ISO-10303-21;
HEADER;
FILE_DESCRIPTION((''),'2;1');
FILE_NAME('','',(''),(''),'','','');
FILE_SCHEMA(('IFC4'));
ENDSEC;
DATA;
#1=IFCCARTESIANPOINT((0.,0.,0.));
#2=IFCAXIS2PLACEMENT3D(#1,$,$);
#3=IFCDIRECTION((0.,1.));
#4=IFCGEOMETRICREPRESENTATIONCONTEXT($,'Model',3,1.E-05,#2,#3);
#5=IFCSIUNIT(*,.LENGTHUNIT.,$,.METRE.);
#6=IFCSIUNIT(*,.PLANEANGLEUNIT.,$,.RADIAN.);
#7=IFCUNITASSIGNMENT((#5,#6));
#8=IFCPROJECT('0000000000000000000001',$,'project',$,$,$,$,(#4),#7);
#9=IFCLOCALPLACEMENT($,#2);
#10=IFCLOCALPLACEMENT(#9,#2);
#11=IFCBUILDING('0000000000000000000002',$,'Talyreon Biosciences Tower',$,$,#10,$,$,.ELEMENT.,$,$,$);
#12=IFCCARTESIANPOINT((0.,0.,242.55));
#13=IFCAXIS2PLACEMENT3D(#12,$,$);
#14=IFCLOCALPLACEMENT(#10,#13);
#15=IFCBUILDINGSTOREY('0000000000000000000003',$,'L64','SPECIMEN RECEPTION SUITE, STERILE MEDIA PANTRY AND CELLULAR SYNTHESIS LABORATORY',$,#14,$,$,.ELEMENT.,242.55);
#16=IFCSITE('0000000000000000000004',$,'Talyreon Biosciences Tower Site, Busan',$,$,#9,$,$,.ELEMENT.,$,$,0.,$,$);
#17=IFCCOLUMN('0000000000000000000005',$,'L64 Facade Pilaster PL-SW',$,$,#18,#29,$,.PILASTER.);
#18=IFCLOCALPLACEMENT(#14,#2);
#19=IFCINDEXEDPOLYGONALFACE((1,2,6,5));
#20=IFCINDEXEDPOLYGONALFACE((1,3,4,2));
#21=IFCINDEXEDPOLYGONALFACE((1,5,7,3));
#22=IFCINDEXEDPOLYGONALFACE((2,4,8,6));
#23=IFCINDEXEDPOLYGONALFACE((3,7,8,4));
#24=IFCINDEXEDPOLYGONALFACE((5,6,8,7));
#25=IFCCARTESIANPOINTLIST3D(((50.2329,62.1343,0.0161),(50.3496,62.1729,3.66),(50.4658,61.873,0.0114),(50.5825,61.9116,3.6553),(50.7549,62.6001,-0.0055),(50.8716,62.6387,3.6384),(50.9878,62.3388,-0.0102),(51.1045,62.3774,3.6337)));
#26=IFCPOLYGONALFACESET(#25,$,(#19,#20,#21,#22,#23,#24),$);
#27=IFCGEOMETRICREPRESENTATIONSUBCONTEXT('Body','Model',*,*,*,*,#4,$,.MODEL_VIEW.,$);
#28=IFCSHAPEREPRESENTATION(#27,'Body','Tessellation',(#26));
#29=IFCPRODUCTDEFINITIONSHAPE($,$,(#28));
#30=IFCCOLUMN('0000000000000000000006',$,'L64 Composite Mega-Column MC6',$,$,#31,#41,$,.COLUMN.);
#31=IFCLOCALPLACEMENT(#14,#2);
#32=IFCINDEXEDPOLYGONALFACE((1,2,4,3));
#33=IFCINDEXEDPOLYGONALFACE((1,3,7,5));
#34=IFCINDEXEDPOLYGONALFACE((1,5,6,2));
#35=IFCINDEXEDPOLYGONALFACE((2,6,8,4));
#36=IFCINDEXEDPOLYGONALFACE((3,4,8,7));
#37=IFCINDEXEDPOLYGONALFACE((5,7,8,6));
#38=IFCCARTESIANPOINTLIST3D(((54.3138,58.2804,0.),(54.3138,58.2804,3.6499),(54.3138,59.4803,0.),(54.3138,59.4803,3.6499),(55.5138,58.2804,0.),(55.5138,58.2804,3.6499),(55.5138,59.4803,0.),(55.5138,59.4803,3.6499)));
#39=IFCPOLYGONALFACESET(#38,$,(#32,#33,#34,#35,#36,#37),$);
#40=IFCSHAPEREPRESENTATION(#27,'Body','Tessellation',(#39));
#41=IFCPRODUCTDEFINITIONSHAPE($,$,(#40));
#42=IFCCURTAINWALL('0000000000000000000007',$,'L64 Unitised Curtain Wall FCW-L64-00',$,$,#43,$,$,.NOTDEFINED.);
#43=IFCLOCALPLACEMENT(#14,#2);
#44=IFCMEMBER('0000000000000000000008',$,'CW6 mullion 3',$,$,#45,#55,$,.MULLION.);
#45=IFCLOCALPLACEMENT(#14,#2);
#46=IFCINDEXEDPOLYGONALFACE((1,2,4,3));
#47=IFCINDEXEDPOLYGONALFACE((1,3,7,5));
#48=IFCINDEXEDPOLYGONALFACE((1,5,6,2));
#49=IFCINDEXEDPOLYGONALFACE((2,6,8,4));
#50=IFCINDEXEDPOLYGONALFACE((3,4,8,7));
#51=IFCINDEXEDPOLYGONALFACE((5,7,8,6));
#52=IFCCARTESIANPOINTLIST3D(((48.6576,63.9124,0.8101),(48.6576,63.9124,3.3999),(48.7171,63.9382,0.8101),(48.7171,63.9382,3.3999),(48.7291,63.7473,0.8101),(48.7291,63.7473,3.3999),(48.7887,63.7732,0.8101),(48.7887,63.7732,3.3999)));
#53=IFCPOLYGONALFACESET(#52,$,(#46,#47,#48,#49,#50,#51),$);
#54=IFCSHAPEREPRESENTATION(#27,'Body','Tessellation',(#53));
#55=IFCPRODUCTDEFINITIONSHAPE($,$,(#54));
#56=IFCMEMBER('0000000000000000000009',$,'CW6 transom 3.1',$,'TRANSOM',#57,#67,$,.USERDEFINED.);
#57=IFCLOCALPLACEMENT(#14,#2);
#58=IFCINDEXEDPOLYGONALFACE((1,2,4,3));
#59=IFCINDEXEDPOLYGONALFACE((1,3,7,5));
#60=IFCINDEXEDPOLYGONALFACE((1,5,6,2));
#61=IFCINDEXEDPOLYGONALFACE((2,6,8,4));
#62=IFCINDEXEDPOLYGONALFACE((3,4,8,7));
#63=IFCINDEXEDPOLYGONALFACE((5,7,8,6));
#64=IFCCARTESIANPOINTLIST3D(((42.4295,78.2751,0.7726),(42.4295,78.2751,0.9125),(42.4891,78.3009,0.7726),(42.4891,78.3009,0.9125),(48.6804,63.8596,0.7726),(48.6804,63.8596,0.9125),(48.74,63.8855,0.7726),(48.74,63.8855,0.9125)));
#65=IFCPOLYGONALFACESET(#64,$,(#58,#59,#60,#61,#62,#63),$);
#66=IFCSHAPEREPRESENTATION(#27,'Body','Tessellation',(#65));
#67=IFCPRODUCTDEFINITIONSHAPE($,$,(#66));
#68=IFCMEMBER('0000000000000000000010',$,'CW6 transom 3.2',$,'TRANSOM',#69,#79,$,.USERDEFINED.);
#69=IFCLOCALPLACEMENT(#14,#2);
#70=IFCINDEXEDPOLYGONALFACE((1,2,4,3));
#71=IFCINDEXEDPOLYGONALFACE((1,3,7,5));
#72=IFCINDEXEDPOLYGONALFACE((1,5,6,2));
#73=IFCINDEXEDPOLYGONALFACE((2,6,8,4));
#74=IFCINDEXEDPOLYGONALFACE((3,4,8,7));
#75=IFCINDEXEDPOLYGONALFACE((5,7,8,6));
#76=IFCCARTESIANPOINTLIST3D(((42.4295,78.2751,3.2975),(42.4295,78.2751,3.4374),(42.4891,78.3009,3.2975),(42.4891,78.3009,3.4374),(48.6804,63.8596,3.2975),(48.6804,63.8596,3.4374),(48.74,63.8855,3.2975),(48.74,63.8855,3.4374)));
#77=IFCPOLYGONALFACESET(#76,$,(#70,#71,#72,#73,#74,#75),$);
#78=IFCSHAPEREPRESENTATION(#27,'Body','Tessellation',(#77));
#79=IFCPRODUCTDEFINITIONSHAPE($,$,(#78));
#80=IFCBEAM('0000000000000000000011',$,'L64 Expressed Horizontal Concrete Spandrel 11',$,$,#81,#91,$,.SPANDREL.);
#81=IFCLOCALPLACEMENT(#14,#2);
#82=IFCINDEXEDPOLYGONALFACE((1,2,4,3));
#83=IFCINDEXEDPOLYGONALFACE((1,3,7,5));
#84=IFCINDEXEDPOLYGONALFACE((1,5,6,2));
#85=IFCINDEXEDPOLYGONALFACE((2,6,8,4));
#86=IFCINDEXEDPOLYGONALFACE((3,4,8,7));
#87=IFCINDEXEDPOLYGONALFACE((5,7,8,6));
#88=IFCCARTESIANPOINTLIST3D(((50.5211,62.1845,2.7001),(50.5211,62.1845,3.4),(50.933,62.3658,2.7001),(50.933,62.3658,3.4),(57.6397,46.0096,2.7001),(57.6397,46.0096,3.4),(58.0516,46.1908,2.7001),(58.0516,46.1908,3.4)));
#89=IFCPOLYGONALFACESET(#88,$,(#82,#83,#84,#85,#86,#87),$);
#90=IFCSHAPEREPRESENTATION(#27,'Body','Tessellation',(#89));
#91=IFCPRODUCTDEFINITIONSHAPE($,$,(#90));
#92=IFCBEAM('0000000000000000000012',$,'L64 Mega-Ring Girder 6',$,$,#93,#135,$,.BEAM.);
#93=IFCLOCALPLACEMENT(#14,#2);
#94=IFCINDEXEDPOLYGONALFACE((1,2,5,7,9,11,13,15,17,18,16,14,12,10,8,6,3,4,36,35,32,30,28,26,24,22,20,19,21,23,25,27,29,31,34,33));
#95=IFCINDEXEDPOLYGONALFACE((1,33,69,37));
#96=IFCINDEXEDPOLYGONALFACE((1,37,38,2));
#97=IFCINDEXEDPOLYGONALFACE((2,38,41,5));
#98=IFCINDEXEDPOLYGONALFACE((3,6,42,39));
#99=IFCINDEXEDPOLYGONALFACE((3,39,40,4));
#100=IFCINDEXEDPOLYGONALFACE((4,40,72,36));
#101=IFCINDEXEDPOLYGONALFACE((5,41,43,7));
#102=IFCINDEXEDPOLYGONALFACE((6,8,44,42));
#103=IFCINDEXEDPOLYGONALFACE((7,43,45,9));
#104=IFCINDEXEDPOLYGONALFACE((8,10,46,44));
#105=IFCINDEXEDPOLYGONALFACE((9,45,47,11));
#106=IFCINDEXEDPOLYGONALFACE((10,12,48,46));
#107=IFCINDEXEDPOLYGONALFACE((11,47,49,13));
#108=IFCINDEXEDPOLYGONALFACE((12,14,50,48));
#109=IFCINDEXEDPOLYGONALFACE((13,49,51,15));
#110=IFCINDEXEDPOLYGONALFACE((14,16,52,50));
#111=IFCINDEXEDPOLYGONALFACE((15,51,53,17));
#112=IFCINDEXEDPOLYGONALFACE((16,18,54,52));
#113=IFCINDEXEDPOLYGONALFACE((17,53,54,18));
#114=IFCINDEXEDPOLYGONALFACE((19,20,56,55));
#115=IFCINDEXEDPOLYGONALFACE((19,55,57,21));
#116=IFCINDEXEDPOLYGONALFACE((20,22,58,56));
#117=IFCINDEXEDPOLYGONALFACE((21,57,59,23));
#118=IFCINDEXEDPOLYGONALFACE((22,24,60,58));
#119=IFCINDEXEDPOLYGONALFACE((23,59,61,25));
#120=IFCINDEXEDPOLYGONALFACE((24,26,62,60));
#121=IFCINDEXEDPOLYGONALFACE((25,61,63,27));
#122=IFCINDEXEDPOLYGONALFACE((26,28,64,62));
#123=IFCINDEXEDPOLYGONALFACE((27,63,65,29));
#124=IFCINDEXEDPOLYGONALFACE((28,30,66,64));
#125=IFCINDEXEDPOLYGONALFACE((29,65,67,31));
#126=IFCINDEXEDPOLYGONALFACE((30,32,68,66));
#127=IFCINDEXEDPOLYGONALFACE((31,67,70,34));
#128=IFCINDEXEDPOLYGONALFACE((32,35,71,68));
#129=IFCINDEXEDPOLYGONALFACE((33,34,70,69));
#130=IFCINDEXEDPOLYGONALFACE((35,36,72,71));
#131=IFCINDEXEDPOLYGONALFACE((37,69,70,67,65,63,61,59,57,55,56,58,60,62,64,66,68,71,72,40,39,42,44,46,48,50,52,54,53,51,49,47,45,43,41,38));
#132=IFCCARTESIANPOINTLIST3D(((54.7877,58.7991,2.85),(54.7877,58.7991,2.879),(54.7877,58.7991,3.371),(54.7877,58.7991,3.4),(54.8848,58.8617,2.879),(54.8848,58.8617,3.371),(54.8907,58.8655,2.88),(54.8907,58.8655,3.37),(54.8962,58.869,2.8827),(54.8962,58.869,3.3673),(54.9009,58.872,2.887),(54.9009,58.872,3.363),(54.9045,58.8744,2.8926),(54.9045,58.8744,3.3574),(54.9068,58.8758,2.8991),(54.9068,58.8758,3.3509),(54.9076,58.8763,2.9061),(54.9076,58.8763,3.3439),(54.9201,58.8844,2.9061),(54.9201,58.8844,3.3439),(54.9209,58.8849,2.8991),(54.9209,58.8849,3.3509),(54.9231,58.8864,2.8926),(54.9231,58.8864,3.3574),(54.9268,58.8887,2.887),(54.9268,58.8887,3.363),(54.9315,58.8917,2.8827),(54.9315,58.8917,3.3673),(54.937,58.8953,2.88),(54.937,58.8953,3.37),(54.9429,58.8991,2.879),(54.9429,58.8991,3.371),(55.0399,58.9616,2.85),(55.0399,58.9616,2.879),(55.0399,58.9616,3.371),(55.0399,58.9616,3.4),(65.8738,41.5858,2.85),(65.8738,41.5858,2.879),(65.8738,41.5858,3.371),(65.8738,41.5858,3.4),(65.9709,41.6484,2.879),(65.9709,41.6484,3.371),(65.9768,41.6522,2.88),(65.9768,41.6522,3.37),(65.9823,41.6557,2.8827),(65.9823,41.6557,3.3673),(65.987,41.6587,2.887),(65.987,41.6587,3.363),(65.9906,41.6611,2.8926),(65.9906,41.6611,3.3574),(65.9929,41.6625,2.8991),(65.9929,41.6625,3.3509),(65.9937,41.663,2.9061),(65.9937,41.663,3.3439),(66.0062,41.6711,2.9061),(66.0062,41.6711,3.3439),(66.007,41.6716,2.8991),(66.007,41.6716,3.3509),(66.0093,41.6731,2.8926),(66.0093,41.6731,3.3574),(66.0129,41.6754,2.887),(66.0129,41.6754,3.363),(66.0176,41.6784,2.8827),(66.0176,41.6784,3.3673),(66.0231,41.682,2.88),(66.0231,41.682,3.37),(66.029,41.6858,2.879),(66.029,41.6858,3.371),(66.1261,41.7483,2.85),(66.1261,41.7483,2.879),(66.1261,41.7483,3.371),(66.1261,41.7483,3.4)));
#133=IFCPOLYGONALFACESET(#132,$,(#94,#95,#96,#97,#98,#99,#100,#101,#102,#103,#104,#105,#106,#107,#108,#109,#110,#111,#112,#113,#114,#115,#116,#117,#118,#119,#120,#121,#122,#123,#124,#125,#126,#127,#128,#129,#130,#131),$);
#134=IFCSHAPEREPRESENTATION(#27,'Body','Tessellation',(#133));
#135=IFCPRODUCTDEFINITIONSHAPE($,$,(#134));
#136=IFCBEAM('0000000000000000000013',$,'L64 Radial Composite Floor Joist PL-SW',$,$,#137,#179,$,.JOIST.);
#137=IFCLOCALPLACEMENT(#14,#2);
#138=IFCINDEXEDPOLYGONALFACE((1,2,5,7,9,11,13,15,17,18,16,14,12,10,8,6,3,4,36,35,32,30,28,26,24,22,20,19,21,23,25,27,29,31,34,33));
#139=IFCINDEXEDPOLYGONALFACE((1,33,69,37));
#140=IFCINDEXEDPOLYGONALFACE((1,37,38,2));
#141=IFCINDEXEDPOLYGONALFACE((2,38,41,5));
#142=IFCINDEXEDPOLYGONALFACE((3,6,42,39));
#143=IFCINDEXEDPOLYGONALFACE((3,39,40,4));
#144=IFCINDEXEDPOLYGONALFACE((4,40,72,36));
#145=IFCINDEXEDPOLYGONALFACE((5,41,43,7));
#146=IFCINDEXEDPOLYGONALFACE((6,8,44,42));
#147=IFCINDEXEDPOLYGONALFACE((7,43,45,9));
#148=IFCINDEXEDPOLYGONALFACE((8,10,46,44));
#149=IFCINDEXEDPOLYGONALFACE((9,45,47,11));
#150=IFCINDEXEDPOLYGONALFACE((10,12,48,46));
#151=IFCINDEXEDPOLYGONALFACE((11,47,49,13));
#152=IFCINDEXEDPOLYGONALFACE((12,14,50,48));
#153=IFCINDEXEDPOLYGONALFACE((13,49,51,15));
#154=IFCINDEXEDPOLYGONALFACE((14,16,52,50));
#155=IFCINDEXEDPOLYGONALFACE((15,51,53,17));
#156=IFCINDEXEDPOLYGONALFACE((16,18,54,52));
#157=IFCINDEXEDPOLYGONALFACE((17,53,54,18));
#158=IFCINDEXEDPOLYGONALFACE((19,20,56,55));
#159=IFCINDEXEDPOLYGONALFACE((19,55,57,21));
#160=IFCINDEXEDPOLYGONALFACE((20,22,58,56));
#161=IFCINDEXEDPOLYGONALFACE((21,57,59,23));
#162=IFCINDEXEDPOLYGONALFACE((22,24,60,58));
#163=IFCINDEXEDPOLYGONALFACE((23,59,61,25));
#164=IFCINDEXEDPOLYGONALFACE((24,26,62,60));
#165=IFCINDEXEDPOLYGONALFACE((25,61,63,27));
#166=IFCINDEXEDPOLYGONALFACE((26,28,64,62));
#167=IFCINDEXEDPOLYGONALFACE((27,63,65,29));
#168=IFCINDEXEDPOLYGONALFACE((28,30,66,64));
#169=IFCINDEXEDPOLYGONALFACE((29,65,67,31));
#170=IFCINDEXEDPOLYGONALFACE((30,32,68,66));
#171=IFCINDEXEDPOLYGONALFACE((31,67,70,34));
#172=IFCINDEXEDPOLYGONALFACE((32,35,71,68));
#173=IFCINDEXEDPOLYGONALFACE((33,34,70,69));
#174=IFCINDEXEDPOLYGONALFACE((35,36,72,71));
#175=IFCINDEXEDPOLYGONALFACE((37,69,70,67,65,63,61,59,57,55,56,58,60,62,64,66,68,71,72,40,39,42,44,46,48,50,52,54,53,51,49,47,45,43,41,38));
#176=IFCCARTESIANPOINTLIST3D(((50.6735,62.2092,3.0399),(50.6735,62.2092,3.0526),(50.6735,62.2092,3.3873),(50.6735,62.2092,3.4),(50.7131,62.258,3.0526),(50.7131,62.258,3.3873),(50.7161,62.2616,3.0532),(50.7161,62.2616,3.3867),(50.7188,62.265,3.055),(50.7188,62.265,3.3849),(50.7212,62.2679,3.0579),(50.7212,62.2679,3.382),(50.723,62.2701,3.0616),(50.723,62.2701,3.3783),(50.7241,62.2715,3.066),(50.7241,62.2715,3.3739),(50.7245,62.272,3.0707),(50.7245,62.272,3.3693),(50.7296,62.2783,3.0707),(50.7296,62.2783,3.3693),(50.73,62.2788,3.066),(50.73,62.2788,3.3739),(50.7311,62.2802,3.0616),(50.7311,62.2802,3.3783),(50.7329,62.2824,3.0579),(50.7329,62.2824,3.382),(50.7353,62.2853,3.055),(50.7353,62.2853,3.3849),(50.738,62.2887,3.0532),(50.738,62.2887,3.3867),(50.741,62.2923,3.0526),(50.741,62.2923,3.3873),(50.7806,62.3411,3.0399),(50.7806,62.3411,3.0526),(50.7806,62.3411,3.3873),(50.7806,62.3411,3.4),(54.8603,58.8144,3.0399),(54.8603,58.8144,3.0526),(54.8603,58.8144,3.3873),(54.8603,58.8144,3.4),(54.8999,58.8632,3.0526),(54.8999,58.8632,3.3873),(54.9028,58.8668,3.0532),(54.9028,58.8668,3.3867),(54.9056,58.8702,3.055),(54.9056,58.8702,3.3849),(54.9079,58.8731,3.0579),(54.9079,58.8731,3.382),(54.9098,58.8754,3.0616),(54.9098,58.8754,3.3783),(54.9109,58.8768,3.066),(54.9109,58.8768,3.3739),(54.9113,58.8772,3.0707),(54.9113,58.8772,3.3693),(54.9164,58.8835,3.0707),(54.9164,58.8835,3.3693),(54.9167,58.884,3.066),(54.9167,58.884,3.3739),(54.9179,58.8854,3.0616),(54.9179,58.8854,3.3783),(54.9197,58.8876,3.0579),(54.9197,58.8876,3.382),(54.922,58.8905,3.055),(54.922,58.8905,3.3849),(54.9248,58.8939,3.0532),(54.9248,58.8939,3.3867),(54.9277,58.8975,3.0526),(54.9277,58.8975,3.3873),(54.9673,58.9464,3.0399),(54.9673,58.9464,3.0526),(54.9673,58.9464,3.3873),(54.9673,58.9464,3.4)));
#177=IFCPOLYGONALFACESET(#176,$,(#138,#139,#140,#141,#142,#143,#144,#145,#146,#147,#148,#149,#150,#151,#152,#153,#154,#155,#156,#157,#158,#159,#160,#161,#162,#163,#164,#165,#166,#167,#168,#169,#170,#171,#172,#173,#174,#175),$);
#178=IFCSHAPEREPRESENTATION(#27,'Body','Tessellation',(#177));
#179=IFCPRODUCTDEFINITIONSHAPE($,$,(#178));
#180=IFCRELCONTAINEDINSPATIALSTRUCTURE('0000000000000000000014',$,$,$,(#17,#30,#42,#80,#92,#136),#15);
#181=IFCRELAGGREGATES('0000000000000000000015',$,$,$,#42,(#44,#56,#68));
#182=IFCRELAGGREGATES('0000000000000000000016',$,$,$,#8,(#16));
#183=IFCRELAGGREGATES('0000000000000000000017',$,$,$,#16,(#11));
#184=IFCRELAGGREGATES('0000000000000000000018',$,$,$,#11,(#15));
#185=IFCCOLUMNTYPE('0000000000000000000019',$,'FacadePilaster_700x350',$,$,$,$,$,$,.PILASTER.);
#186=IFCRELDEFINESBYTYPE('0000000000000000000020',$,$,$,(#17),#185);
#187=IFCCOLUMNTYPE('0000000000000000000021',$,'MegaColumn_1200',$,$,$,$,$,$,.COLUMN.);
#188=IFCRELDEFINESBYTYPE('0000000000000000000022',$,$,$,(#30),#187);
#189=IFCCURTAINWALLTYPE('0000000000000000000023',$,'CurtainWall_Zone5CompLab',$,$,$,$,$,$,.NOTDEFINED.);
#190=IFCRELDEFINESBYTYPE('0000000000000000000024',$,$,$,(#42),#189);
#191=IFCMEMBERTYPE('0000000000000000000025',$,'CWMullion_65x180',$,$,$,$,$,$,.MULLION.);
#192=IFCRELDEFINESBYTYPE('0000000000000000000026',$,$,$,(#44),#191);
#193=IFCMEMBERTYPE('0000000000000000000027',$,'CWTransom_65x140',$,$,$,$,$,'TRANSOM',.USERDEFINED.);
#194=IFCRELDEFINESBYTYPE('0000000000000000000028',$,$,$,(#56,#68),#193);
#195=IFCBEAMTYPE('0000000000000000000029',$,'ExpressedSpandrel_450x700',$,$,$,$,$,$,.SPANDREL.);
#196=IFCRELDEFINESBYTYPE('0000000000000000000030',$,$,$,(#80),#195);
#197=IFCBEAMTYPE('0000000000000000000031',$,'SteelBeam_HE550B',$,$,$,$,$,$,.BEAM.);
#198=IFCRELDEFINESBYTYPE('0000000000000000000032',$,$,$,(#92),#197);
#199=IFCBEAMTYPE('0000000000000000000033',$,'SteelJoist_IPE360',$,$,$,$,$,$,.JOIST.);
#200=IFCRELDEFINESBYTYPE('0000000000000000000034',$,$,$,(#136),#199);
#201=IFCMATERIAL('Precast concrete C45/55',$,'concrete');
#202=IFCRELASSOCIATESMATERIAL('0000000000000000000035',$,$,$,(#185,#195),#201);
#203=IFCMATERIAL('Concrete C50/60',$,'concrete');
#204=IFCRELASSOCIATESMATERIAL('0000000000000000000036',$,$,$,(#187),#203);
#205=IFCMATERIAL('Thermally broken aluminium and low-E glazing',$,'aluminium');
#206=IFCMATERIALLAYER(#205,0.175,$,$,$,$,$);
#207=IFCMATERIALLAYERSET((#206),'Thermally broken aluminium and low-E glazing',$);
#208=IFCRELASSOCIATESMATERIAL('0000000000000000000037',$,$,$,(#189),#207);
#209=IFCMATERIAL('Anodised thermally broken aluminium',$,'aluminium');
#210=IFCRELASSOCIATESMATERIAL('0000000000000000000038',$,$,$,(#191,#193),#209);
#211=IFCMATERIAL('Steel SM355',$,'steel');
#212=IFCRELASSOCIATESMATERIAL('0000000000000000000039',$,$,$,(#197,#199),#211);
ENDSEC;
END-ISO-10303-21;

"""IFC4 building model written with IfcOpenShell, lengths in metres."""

from ifc_helpers import new_model, si_unit, direction, frame, origin, origin_2d, place, context, subcontext, project, spatial, rectangle, i_section, extrude, material, layer, layer_set, material_profile, profile_set, type_object, element, aggregate, save


model = new_model("IFC4")

# Units and contexts
model_context = context("Model", 3, precision=1e-05, world=origin(), true_north=direction((0.0, 1.0)))
body_context = subcontext(model_context, "Body", "Model", "MODEL_VIEW")
ifc_project = project(units=[si_unit("LENGTHUNIT", "METRE"), si_unit("PLANEANGLEUNIT", "RADIAN")], contexts=[model_context])

# Site, building, storey
site_placement = place(None, origin())
site = spatial("IfcSite", under=ifc_project, at=site_placement, Name="Talyreon Biosciences Tower Site, Busan", CompositionType="ELEMENT", RefElevation=0.0)
building_placement = place(site_placement, origin())
building = spatial("IfcBuilding", under=site, at=building_placement, Name="Talyreon Biosciences Tower", CompositionType="ELEMENT")
storey_placement = place(building_placement, frame((0.0, 0.0, 242.55)))
storey = spatial("IfcBuildingStorey", under=building, at=storey_placement, Name="L64", Description="SPECIMEN RECEPTION SUITE, STERILE MEDIA PANTRY AND CELLULAR SYNTHESIS LABORATORY", CompositionType="ELEMENT", Elevation=242.55)

# Columns
ifc_material_1 = material(Name="Precast concrete C45/55", Category="concrete")
ifc_material_profile_1 = material_profile(ifc_material_1, rectangle(XDim=0.7, YDim=0.3501, at=origin_2d()), Name="RC 700x350")
ifc_profile_set_1 = profile_set([ifc_material_profile_1], Name="Precast concrete C45/55")
column_type_1 = type_object("IfcColumnType", Name="FacadePilaster_700x350", PredefinedType="PILASTER", material=ifc_profile_set_1)
column_1_placement = place(storey_placement, frame((50.6104, 62.2366, 0.0029), z_axis=(0.032006, 0.01058, 0.999432), x_axis=(0.745818, 0.665431, -0.030929)))
element("IfcColumn", 1, at=column_1_placement, inside=storey, type_object=column_type_1, Name="L64 Facade Pilaster PL-SW", PredefinedType="PILASTER", context=body_context, shape_type="SweptSolid", body=[
    extrude(rectangle(XDim=0.7, YDim=0.3501, at=origin_2d()), origin(), (0.0, 0.0, 1.0), 3.646),
])
ifc_material_2 = material(Name="Concrete C50/60", Category="concrete")
ifc_material_profile_2 = material_profile(ifc_material_2, rectangle(XDim=1.2, YDim=1.2, at=origin_2d()), Name="RC 1200x1200")
ifc_profile_set_2 = profile_set([ifc_material_profile_2], Name="Concrete C50/60")
column_type_2 = type_object("IfcColumnType", Name="MegaColumn_1200", PredefinedType="COLUMN", material=ifc_profile_set_2)
column_2_placement = place(storey_placement, frame((54.9138, 58.8804, 0.0), z_axis=(0.0, 0.0, 1.0), x_axis=(1.0, 0.0, 0.0)))
element("IfcColumn", 2, at=column_2_placement, inside=storey, type_object=column_type_2, Name="L64 Composite Mega-Column MC6", PredefinedType="COLUMN", context=body_context, shape_type="SweptSolid", body=[
    extrude(rectangle(XDim=1.2, YDim=1.2, at=origin_2d()), origin(), (0.0, 0.0, 1.0), 3.6499),
])

# Curtain wall, members
ifc_material_3 = material(Name="Thermally broken aluminium and low-E glazing", Category="aluminium")
ifc_layer_1 = layer(ifc_material_3, 0.175)
ifc_layer_set_1 = layer_set([ifc_layer_1], Name="Thermally broken aluminium and low-E glazing")
curtain_wall_type = type_object("IfcCurtainWallType", Name="CurtainWall_Zone5CompLab", PredefinedType="NOTDEFINED", material=ifc_layer_set_1)
curtain_wall_placement = place(storey_placement, origin())
curtain_wall = element("IfcCurtainWall", 3, at=curtain_wall_placement, inside=storey, type_object=curtain_wall_type, Name="L64 Unitised Curtain Wall FCW-L64-00", PredefinedType="NOTDEFINED")
ifc_material_4 = material(Name="Anodised thermally broken aluminium", Category="aluminium")
ifc_material_profile_3 = material_profile(ifc_material_4, rectangle(XDim=0.0649, YDim=0.1799, at=origin_2d()), Name="ALUM MULLION 65x180")
ifc_profile_set_3 = profile_set([ifc_material_profile_3], Name="Anodised thermally broken aluminium")
member_type_1 = type_object("IfcMemberType", Name="CWMullion_65x180", PredefinedType="MULLION", material=ifc_profile_set_3)
member_1_placement = place(storey_placement, frame((48.7231, 63.8428, 0.8101), z_axis=(0.0, 0.0, 1.0), x_axis=(-0.917458, -0.397832, 0.0)))
member_1 = element("IfcMember", 4, at=member_1_placement, type_object=member_type_1, Name="CW6 mullion 3", PredefinedType="MULLION", context=body_context, shape_type="SweptSolid", body=[
    extrude(rectangle(XDim=0.0649, YDim=0.1799, at=origin_2d()), origin(), (0.0, 0.0, 1.0), 2.5898),
])
ifc_material_profile_4 = material_profile(ifc_material_4, rectangle(XDim=0.0649, YDim=0.1399, at=origin_2d()), Name="ALUM TRANSOM 65x140")
ifc_profile_set_4 = profile_set([ifc_material_profile_4], Name="Anodised thermally broken aluminium")
member_type_2 = type_object("IfcMemberType", Name="CWTransom_65x140", ElementType="TRANSOM", PredefinedType="USERDEFINED", material=ifc_profile_set_4)
member_2_placement = place(storey_placement, frame((48.7102, 63.8726, 0.8425), z_axis=(-0.397835, 0.917457, 0.0), x_axis=(-0.917457, -0.397835, 0.0)))
member_2 = element("IfcMember", 5, at=member_2_placement, type_object=member_type_2, Name="CW6 transom 3.1", ObjectType="TRANSOM", PredefinedType="USERDEFINED", context=body_context, shape_type="SweptSolid", body=[
    extrude(rectangle(XDim=0.0649, YDim=0.1399, at=origin_2d()), origin(), (0.0, 0.0, 1.0), 15.7124),
])
member_3_placement = place(storey_placement, frame((48.7102, 63.8726, 3.3674), z_axis=(-0.397835, 0.917457, 0.0), x_axis=(-0.917457, -0.397835, 0.0)))
member_3 = element("IfcMember", 6, at=member_3_placement, type_object=member_type_2, Name="CW6 transom 3.2", ObjectType="TRANSOM", PredefinedType="USERDEFINED", context=body_context, shape_type="SweptSolid", body=[
    extrude(rectangle(XDim=0.0649, YDim=0.1399, at=origin_2d()), origin(), (0.0, 0.0, 1.0), 15.7124),
])
aggregate(curtain_wall, [member_1, member_2, member_3])

# Beams
ifc_material_profile_5 = material_profile(ifc_material_1, rectangle(XDim=0.45, YDim=0.7, at=origin_2d()), Name="RCB 450x700")
ifc_profile_set_5 = profile_set([ifc_material_profile_5], Name="Precast concrete C45/55")
beam_type_1 = type_object("IfcBeamType", Name="ExpressedSpandrel_450x700", PredefinedType="SPANDREL", material=ifc_profile_set_5)
beam_1_placement = place(storey_placement, frame((50.7271, 62.2751, 3.05), z_axis=(0.402816, -0.915281, 0.0), x_axis=(0.915281, 0.402816, 0.0)))
element("IfcBeam", 7, at=beam_1_placement, inside=storey, type_object=beam_type_1, Name="L64 Expressed Horizontal Concrete Spandrel 11", PredefinedType="SPANDREL", context=body_context, shape_type="SweptSolid", body=[
    extrude(rectangle(XDim=0.45, YDim=0.7, at=origin_2d()), origin(), (0.0, 0.0, 1.0), 17.6721),
])
ifc_material_5 = material(Name="Steel SM355", Category="steel")
ifc_material_profile_6 = material_profile(ifc_material_5, i_section(OverallWidth=0.3, OverallDepth=0.55, WebThickness=0.0149, FlangeThickness=0.0291, FilletRadius=0.0271, at=origin_2d()), Name="HE550B")
ifc_profile_set_6 = profile_set([ifc_material_profile_6], Name="Steel SM355")
beam_type_2 = type_object("IfcBeamType", Name="SteelBeam_HE550B", PredefinedType="BEAM", material=ifc_profile_set_6)
beam_2_placement = place(storey_placement, frame((54.9138, 58.8804, 3.125), z_axis=(0.541464, -0.840724, 0.0), x_axis=(0.840724, 0.541464, 0.0)))
element("IfcBeam", 8, at=beam_2_placement, inside=storey, type_object=beam_type_2, Name="L64 Mega-Ring Girder 6", PredefinedType="BEAM", context=body_context, shape_type="SweptSolid", body=[
    extrude(i_section(OverallWidth=0.3, OverallDepth=0.55, WebThickness=0.0149, FlangeThickness=0.0291, FilletRadius=0.0271, at=origin_2d()), origin(), (0.0, 0.0, 1.0), 20.4744),
])
ifc_material_profile_7 = material_profile(ifc_material_5, i_section(OverallWidth=0.1699, OverallDepth=0.3601, WebThickness=0.0081, FlangeThickness=0.0127, FilletRadius=0.0181, at=origin_2d()), Name="IPE360")
ifc_profile_set_7 = profile_set([ifc_material_profile_7], Name="Steel SM355")
beam_type_3 = type_object("IfcBeamType", Name="SteelJoist_IPE360", PredefinedType="JOIST", material=ifc_profile_set_7)
beam_3_placement = place(storey_placement, frame((54.9138, 58.8804, 3.22), z_axis=(-0.776747, 0.629813, 0.0), x_axis=(-0.629813, -0.776747, 0.0)))
element("IfcBeam", 9, at=beam_3_placement, inside=storey, type_object=beam_type_3, Name="L64 Radial Composite Floor Joist PL-SW", PredefinedType="JOIST", context=body_context, shape_type="SweptSolid", body=[
    extrude(i_section(OverallWidth=0.1699, OverallDepth=0.3601, WebThickness=0.0081, FlangeThickness=0.0127, FilletRadius=0.0181, at=origin_2d()), origin(), (0.0, 0.0, 1.0), 5.3901),
])

save(model, "model.ifc")
